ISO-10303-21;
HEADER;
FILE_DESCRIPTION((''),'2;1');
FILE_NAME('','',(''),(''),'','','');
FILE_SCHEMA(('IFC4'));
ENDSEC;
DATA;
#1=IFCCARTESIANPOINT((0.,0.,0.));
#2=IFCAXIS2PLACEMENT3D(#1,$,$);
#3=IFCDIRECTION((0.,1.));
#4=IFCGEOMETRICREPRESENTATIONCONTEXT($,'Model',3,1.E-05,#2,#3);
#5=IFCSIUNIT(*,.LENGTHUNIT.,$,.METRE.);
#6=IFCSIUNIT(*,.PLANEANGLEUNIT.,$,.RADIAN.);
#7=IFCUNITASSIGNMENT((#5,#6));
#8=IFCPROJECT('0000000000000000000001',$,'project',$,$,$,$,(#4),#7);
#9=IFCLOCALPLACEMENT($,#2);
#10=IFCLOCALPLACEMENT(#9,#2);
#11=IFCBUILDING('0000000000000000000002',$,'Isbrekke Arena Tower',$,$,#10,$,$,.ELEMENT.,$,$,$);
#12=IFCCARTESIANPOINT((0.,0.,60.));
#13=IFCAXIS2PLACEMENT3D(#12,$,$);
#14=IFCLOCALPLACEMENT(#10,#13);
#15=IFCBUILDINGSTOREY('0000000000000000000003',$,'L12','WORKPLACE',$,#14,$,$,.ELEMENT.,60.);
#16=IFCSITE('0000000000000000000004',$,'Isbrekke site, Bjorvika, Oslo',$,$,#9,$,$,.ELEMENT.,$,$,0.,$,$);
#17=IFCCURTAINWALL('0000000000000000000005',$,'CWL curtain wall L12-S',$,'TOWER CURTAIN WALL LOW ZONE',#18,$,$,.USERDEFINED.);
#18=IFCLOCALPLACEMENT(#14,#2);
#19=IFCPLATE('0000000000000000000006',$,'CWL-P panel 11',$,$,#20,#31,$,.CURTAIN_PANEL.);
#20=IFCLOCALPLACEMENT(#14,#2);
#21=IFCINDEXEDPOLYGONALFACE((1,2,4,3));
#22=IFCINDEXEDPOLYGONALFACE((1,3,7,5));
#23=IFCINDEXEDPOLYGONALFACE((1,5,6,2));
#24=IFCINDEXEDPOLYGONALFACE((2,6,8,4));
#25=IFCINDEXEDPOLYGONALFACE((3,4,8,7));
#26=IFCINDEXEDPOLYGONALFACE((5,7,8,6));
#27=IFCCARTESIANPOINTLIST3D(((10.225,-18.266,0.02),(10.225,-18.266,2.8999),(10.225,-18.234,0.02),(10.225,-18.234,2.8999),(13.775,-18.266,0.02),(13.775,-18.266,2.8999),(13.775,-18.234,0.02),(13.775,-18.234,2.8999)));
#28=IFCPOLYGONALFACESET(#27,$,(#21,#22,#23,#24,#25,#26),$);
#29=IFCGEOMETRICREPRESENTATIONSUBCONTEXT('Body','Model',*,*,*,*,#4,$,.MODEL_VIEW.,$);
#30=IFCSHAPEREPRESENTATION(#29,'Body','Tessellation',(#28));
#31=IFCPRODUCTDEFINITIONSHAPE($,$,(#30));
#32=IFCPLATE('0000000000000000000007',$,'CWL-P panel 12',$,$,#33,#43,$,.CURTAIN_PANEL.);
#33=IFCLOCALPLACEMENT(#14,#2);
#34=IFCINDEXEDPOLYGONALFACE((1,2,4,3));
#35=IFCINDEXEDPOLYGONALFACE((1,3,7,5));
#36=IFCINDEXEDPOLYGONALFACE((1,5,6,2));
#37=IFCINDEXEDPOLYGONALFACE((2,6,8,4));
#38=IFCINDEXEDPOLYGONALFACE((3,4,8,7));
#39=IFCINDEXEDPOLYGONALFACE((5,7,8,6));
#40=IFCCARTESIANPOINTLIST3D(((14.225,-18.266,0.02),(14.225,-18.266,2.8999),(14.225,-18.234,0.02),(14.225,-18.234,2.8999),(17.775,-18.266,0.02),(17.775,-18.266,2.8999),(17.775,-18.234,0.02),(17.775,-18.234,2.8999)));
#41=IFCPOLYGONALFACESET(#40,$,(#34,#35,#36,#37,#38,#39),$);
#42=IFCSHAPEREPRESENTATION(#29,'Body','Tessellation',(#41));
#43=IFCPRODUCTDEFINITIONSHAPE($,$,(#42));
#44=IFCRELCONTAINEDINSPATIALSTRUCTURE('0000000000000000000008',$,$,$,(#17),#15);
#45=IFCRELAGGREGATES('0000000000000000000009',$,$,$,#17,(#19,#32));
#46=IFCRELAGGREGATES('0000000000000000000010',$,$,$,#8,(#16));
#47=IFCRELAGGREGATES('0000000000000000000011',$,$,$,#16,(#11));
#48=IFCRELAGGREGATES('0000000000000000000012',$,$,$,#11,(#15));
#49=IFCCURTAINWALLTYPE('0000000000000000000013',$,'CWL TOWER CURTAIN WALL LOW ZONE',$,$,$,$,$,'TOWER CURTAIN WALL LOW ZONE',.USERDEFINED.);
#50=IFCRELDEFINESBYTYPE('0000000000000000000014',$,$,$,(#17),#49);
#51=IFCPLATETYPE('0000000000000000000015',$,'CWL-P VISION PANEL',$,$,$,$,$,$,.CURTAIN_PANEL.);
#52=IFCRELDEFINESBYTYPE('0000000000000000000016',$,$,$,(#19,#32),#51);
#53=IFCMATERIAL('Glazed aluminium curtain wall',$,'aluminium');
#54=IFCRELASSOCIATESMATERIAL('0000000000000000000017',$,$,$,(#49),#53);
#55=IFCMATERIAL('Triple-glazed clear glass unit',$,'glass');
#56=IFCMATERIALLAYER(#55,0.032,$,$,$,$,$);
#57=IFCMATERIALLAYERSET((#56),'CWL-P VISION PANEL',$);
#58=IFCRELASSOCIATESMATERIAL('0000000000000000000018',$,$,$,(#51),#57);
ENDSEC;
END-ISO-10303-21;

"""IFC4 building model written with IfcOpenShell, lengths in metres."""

from ifc_helpers import new_model, si_unit, direction, frame, origin, origin_2d, place, context, subcontext, project, spatial, rectangle, extrude, material, layer, layer_set, type_object, element, aggregate, save


model = new_model("IFC4")

# Units and contexts
model_context = context("Model", 3, precision=1e-05, world=origin(), true_north=direction((0.0, 1.0)))
body_context = subcontext(model_context, "Body", "Model", "MODEL_VIEW")
ifc_project = project(units=[si_unit("LENGTHUNIT", "METRE"), si_unit("PLANEANGLEUNIT", "RADIAN")], contexts=[model_context])

# Site, building, storey
site_placement = place(None, origin())
site = spatial("IfcSite", under=ifc_project, at=site_placement, Name="Isbrekke site, Bjorvika, Oslo", CompositionType="ELEMENT", RefElevation=0.0)
building_placement = place(site_placement, origin())
building = spatial("IfcBuilding", under=site, at=building_placement, Name="Isbrekke Arena Tower", CompositionType="ELEMENT")
storey_placement = place(building_placement, frame((0.0, 0.0, 60.0)))
storey = spatial("IfcBuildingStorey", under=building, at=storey_placement, Name="L12", Description="WORKPLACE", CompositionType="ELEMENT", Elevation=60.0)

# Curtain wall
ifc_material_1 = material(Name="Glazed aluminium curtain wall", Category="aluminium")
curtain_wall_type = type_object("IfcCurtainWallType", Name="CWL TOWER CURTAIN WALL LOW ZONE", ElementType="TOWER CURTAIN WALL LOW ZONE", PredefinedType="USERDEFINED", material=ifc_material_1)
curtain_wall_placement = place(storey_placement, origin())
curtain_wall = element("IfcCurtainWall", 1, at=curtain_wall_placement, inside=storey, type_object=curtain_wall_type, Name="CWL curtain wall L12-S", ObjectType="TOWER CURTAIN WALL LOW ZONE", PredefinedType="USERDEFINED")

# Plates
ifc_material_2 = material(Name="Triple-glazed clear glass unit", Category="glass")
ifc_layer = layer(ifc_material_2, 0.032)
ifc_layer_set = layer_set([ifc_layer], Name="CWL-P VISION PANEL")
plate_type = type_object("IfcPlateType", Name="CWL-P VISION PANEL", PredefinedType="CURTAIN_PANEL", material=ifc_layer_set)
plate_1_placement = place(storey_placement, frame((12.0, -18.25, 0.02), z_axis=(0.0, 0.0, 1.0), x_axis=(1.0, 0.0, 0.0)))
plate_1 = element("IfcPlate", 2, at=plate_1_placement, type_object=plate_type, Name="CWL-P panel 11", PredefinedType="CURTAIN_PANEL", context=body_context, shape_type="SweptSolid", body=[
    extrude(rectangle(XDim=3.55, YDim=0.032, at=origin_2d()), origin(), (0.0, 0.0, 1.0), 2.8799),
])
plate_2_placement = place(storey_placement, frame((16.0, -18.25, 0.02), z_axis=(0.0, 0.0, 1.0), x_axis=(1.0, 0.0, 0.0)))
plate_2 = element("IfcPlate", 3, at=plate_2_placement, type_object=plate_type, Name="CWL-P panel 12", PredefinedType="CURTAIN_PANEL", context=body_context, shape_type="SweptSolid", body=[
    extrude(rectangle(XDim=3.55, YDim=0.032, at=origin_2d()), origin(), (0.0, 0.0, 1.0), 2.8799),
])
aggregate(curtain_wall, [plate_1, plate_2])

save(model, "model.ifc")
